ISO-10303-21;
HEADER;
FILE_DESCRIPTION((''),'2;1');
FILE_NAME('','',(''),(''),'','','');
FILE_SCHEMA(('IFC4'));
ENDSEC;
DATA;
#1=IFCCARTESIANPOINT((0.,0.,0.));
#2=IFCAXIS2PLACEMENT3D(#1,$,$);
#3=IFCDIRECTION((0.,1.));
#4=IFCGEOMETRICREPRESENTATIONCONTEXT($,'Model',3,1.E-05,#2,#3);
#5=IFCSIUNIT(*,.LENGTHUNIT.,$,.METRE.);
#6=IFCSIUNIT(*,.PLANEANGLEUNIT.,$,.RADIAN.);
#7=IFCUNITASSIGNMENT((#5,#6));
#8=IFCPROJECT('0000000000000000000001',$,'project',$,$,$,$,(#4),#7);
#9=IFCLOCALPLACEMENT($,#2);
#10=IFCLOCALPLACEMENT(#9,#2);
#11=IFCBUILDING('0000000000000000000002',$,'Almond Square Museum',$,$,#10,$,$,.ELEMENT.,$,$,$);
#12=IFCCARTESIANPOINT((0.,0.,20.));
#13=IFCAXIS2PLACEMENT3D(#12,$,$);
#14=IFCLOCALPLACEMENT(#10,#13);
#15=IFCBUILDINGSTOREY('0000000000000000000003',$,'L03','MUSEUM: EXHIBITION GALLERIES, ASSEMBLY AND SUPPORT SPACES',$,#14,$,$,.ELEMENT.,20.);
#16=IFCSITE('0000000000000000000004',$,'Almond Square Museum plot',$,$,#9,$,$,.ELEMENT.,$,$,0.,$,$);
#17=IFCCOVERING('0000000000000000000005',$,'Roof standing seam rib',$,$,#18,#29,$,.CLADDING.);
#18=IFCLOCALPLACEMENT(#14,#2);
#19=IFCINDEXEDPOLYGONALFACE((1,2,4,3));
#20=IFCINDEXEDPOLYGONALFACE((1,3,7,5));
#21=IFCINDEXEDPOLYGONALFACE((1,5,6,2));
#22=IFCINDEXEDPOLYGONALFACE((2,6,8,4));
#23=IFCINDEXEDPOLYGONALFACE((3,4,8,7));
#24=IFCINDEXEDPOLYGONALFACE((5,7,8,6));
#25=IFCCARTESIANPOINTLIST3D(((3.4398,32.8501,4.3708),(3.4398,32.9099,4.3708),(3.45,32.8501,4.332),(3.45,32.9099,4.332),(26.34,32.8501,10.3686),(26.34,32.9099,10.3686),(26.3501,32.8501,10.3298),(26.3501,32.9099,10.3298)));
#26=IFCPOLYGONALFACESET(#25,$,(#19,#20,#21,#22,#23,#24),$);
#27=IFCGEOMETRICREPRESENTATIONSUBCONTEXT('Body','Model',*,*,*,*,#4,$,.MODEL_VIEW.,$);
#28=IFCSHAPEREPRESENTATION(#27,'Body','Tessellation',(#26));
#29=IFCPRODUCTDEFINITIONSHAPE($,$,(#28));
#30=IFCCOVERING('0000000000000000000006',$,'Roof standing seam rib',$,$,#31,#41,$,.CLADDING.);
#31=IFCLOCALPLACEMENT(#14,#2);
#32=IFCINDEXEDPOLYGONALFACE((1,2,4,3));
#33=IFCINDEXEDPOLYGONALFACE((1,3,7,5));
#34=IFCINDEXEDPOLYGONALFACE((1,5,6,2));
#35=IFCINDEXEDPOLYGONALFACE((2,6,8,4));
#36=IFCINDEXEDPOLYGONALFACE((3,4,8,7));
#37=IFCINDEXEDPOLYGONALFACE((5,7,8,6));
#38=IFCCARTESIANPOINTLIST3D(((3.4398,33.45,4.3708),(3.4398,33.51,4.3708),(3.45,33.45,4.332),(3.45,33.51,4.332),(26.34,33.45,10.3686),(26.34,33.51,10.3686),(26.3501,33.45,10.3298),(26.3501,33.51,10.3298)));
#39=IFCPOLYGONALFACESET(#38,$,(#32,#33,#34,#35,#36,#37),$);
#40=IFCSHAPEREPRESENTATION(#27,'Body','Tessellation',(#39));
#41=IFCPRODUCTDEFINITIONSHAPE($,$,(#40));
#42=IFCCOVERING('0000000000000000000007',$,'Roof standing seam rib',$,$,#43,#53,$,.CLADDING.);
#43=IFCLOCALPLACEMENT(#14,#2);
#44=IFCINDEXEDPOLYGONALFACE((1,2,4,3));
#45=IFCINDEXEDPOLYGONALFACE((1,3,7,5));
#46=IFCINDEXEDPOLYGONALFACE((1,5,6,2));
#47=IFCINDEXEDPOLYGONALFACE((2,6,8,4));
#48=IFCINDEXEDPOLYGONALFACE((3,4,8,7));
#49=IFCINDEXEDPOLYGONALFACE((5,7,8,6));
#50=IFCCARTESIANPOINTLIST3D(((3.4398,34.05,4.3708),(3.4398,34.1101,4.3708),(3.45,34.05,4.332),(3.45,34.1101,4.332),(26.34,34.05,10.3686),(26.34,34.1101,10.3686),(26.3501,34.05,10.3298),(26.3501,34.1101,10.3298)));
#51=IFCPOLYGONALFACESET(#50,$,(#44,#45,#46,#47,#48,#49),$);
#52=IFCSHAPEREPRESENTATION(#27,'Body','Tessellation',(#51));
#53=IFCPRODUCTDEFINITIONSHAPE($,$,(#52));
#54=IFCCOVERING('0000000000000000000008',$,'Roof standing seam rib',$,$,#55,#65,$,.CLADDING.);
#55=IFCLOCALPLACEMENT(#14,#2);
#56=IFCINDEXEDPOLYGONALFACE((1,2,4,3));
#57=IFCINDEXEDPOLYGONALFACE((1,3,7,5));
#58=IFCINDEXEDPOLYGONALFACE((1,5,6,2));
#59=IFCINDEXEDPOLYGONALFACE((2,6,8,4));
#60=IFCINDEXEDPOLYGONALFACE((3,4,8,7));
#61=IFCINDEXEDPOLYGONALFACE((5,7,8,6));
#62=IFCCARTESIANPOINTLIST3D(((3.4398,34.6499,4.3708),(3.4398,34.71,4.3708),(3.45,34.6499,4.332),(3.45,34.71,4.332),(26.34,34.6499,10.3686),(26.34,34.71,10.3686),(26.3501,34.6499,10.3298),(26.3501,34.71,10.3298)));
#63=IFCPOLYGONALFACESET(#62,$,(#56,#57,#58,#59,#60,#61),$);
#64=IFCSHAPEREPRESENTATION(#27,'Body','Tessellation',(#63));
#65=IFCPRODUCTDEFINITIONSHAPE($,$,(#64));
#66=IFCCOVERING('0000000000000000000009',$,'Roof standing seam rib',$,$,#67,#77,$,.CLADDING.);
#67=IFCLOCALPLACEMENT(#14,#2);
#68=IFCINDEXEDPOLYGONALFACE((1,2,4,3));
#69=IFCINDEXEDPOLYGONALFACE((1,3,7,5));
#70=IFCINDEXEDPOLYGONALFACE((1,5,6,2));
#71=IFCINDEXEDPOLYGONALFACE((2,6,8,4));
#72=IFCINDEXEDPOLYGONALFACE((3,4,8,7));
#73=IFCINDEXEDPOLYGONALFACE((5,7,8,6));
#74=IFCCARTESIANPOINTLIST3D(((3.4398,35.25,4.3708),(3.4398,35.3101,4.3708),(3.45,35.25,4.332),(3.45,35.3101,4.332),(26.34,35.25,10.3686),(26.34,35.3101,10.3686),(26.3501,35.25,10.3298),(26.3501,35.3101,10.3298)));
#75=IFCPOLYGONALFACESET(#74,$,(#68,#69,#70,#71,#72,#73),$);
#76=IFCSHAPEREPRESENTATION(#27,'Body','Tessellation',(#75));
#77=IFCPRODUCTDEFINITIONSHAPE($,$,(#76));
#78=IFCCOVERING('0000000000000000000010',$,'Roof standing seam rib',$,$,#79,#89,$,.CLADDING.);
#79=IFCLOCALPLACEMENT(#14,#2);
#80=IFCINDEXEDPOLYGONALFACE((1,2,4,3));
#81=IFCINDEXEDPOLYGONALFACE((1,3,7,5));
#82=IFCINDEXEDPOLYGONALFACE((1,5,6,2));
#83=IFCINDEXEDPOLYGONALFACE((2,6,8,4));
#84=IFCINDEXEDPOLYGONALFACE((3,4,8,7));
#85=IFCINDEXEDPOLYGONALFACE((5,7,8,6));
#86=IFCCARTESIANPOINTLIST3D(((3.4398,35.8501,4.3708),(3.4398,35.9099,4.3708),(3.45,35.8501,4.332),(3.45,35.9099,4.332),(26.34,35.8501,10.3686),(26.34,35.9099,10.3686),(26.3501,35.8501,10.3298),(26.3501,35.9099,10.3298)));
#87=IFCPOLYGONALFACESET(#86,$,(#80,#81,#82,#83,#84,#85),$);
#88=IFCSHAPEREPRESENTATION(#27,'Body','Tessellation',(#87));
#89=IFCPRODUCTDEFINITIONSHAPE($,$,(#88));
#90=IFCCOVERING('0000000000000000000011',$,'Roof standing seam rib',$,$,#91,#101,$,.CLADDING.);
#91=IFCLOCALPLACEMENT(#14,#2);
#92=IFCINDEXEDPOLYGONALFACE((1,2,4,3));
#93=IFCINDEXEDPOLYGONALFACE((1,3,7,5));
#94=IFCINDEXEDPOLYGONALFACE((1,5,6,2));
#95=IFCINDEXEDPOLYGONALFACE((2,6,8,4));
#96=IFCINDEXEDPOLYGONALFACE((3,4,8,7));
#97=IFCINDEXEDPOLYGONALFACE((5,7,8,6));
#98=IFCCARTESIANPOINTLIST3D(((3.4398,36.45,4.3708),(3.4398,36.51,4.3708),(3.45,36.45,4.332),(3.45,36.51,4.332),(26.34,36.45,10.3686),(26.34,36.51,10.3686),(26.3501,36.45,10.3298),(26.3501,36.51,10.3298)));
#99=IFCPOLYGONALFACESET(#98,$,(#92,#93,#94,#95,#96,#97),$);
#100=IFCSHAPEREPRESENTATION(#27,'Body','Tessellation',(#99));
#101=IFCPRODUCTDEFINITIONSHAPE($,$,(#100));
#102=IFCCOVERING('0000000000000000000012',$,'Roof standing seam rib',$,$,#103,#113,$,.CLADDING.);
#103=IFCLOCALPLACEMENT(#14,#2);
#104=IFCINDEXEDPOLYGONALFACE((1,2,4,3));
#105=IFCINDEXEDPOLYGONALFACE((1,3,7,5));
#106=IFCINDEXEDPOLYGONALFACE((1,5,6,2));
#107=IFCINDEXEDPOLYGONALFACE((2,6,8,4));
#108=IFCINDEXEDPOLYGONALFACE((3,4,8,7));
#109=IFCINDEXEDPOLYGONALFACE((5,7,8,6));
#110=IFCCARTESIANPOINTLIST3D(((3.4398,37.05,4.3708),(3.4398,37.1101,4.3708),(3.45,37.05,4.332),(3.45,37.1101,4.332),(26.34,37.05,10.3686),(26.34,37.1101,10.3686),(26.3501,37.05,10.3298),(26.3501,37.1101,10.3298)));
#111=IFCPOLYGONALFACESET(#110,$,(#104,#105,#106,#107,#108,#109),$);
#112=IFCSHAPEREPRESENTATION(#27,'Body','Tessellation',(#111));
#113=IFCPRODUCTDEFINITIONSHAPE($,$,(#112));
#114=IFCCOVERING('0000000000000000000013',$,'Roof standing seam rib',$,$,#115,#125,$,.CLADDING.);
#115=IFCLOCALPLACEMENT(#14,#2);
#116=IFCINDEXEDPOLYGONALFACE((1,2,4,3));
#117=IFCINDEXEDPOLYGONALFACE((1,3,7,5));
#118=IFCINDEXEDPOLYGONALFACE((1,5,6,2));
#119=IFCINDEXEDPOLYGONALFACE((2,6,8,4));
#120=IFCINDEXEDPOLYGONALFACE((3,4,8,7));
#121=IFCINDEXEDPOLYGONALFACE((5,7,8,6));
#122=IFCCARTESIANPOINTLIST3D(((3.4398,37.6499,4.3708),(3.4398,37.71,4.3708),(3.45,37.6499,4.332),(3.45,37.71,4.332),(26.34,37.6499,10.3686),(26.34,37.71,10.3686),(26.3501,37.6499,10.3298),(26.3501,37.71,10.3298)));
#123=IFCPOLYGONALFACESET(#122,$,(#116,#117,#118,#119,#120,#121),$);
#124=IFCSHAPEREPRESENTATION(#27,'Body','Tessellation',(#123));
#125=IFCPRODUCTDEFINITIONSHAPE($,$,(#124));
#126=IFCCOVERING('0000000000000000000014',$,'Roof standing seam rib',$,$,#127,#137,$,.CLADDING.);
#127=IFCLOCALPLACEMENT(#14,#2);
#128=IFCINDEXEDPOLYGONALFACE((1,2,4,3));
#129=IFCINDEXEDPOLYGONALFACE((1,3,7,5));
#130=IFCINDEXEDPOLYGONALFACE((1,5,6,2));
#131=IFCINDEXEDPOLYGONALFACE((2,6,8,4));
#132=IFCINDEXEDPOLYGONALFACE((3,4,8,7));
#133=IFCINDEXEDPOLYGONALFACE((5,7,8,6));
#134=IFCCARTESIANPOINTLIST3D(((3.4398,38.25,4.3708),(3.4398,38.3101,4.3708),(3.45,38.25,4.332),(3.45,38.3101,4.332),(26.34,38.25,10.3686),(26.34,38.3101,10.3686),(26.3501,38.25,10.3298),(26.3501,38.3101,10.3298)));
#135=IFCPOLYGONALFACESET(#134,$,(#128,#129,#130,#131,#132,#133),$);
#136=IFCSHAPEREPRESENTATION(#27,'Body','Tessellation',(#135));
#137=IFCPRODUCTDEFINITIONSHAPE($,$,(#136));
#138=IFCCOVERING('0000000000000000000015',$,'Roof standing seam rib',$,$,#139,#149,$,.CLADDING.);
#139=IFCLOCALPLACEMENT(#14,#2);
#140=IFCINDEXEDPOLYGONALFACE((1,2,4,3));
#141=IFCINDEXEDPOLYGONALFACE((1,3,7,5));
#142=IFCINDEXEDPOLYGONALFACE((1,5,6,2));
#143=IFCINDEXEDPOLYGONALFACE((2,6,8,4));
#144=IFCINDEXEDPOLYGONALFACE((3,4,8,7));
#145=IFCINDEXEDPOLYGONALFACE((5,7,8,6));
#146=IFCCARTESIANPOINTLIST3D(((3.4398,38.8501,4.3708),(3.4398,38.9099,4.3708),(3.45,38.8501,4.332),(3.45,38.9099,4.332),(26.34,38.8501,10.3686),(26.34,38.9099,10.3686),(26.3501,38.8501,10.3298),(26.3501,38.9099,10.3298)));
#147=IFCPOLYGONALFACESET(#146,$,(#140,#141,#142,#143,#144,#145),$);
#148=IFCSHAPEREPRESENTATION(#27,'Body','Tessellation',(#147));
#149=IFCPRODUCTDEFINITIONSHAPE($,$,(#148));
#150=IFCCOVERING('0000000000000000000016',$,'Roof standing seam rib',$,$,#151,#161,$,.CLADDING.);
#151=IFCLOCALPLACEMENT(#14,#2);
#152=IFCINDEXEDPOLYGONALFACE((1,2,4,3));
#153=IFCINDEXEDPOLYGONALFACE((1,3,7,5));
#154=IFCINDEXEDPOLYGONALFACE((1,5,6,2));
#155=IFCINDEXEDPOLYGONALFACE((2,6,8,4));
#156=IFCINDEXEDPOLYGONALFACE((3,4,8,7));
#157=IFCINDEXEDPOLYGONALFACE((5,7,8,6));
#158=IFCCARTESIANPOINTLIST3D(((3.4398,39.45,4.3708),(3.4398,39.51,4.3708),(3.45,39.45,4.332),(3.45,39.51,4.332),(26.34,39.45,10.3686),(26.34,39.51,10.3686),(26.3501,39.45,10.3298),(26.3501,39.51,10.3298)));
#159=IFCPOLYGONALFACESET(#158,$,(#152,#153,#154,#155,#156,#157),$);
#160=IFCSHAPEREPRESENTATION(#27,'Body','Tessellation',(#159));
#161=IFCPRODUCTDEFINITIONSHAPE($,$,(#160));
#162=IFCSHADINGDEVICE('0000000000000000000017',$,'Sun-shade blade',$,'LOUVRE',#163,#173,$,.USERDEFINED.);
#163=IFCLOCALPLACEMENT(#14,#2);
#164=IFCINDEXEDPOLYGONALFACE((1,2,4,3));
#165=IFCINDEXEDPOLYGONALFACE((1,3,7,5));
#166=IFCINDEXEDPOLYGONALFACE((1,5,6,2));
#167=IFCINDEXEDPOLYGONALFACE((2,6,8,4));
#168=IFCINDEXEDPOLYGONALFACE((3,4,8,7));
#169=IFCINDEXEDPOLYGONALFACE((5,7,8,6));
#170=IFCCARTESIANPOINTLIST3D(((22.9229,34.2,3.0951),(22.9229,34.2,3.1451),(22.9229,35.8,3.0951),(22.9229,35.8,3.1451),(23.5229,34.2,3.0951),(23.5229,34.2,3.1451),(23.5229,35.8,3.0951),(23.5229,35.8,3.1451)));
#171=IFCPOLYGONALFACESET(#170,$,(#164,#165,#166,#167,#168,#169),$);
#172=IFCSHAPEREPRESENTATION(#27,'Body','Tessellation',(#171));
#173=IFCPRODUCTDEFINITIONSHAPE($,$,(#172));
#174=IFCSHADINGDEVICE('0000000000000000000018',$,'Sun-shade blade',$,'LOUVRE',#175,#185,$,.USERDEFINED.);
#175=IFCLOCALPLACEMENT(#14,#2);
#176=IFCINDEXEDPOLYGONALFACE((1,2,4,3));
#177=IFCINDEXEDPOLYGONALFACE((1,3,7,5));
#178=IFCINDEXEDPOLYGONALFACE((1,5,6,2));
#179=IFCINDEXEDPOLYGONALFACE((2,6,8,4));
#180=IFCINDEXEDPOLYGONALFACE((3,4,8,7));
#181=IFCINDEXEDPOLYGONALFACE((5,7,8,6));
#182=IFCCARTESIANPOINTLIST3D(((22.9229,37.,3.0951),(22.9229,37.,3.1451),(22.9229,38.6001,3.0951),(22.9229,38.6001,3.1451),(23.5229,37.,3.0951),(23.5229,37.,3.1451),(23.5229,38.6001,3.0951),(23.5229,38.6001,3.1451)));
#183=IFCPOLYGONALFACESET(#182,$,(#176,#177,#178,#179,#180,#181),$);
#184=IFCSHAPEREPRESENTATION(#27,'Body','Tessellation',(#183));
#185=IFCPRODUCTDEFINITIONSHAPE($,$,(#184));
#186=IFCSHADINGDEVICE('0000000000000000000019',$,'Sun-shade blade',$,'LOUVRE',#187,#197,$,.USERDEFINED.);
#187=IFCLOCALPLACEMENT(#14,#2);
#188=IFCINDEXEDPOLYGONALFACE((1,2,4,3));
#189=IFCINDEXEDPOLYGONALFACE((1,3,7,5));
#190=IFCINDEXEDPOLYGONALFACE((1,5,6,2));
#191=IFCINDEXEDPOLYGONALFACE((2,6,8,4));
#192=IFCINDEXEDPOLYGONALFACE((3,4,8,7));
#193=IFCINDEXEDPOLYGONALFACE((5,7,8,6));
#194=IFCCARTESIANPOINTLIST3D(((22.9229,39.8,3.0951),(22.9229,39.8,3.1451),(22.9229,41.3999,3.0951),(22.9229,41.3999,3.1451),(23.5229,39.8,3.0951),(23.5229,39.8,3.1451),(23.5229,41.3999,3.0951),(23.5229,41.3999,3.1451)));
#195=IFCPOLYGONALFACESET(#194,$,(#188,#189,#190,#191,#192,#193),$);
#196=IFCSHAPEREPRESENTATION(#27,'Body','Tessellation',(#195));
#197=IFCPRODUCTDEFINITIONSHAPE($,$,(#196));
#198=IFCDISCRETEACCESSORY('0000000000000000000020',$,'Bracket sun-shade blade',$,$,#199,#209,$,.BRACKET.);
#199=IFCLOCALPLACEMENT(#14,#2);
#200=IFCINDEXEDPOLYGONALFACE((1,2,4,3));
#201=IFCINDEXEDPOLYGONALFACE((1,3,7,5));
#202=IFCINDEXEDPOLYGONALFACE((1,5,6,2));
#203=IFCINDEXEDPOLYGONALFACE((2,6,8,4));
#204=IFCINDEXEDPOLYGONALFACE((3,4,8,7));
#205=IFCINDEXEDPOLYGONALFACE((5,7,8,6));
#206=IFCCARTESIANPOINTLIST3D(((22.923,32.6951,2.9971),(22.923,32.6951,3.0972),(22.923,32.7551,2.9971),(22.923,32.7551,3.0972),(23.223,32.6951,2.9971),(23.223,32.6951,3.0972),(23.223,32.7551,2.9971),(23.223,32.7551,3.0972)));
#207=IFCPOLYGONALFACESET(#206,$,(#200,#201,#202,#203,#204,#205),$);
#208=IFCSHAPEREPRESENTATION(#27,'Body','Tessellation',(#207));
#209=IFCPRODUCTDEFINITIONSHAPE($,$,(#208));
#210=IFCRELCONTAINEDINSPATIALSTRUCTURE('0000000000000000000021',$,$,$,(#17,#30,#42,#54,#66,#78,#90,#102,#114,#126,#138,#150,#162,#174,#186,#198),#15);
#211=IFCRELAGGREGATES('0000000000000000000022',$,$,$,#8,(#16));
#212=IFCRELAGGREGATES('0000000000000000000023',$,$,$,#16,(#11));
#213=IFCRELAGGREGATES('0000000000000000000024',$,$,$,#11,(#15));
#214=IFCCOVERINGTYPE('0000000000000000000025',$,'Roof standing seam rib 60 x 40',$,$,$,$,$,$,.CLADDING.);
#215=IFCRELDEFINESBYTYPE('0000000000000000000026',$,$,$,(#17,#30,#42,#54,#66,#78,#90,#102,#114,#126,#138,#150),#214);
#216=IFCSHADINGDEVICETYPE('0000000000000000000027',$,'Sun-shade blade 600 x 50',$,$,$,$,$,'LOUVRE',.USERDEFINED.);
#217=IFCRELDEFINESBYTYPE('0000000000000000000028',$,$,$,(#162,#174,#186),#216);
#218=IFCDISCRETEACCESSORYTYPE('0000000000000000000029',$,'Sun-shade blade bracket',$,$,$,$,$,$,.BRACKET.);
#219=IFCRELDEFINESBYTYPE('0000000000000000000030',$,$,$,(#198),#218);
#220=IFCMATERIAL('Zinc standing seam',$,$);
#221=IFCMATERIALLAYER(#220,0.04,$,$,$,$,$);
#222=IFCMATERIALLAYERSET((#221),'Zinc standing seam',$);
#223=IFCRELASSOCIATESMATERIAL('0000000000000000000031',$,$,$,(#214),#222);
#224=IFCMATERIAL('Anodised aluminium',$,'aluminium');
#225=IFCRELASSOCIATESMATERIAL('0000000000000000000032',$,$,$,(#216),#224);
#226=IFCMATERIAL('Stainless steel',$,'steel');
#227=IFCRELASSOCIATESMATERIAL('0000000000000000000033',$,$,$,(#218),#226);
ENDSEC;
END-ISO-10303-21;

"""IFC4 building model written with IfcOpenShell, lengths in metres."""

from ifc_helpers import new_model, si_unit, direction, frame, origin, origin_2d, place, context, subcontext, project, spatial, polyline, rectangle, outline, extrude, material, layer, layer_set, material_profile, profile_set, type_object, element, save


model = new_model("IFC4")

# Units and contexts
model_context = context("Model", 3, precision=1e-05, world=origin(), true_north=direction((0.0, 1.0)))
body_context = subcontext(model_context, "Body", "Model", "MODEL_VIEW")
ifc_project = project(units=[si_unit("LENGTHUNIT", "METRE"), si_unit("PLANEANGLEUNIT", "RADIAN")], contexts=[model_context])

# Site, building, storey
site_placement = place(None, origin())
site = spatial("IfcSite", under=ifc_project, at=site_placement, Name="Almond Square Museum plot", CompositionType="ELEMENT", RefElevation=0.0)
building_placement = place(site_placement, origin())
building = spatial("IfcBuilding", under=site, at=building_placement, Name="Almond Square Museum", CompositionType="ELEMENT")
storey_placement = place(building_placement, frame((0.0, 0.0, 20.0)))
storey = spatial("IfcBuildingStorey", under=building, at=storey_placement, Name="L03", Description="MUSEUM: EXHIBITION GALLERIES, ASSEMBLY AND SUPPORT SPACES", CompositionType="ELEMENT", Elevation=20.0)

# Coverings
ifc_material_1 = material(Name="Zinc standing seam")
ifc_layer = layer(ifc_material_1, 0.04)
ifc_layer_set = layer_set([ifc_layer], Name="Zinc standing seam")
covering_type = type_object("IfcCoveringType", Name="Roof standing seam rib 60 x 40", PredefinedType="CLADDING", material=ifc_layer_set)
covering_1_placement = place(storey_placement, frame((26.3501, 32.9099, 10.3298), z_axis=(-0.253365, 0.0, 0.967371), x_axis=(-0.967371, 0.0, -0.253365)))
element("IfcCovering", 1, at=covering_1_placement, inside=storey, type_object=covering_type, Name="Roof standing seam rib", PredefinedType="CLADDING", context=body_context, shape_type="SweptSolid", body=[
    extrude(outline(polyline([(0.0, 0.0), (23.6726, 0.0), (23.6726, 0.0598), (0.0, 0.0598), (0.0, 0.0)])), origin(), (0.0, 0.0, 1.0), 0.04),
])
for number, where, z_axis, x_axis, name in (
    (2, (26.3501, 33.51, 10.3298), (-0.253365, 0.0, 0.967371), (-0.967371, 0.0, -0.253365), "Roof standing seam rib"),
    (3, (26.3501, 34.1101, 10.3298), (-0.253365, 0.0, 0.967371), (-0.967371, 0.0, -0.253365), "Roof standing seam rib"),
    (4, (26.3501, 34.71, 10.3298), (-0.253365, 0.0, 0.967371), (-0.967371, 0.0, -0.253365), "Roof standing seam rib"),
    (5, (26.3501, 35.3101, 10.3298), (-0.253365, 0.0, 0.967371), (-0.967371, 0.0, -0.253365), "Roof standing seam rib"),
):
    element("IfcCovering", number, at=place(storey_placement, frame(where, z_axis=z_axis, x_axis=x_axis)), inside=storey, type_object=covering_type, Name=name, PredefinedType="CLADDING", context=body_context, shape_type="SweptSolid", body=[
        extrude(outline(polyline([(0.0, 0.0), (23.6726, 0.0), (23.6726, 0.0601), (0.0, 0.0601), (0.0, 0.0)])), origin(), (0.0, 0.0, 1.0), 0.04),
    ])
covering_2_placement = place(storey_placement, frame((26.3501, 35.9099, 10.3298), z_axis=(-0.253365, 0.0, 0.967371), x_axis=(-0.967371, 0.0, -0.253365)))
element("IfcCovering", 6, at=covering_2_placement, inside=storey, type_object=covering_type, Name="Roof standing seam rib", PredefinedType="CLADDING", context=body_context, shape_type="SweptSolid", body=[
    extrude(outline(polyline([(0.0, 0.0), (23.6726, 0.0), (23.6726, 0.0598), (0.0, 0.0598), (0.0, 0.0)])), origin(), (0.0, 0.0, 1.0), 0.04),
])
for number, where, z_axis, x_axis, name in (
    (7, (26.3501, 36.51, 10.3298), (-0.253365, 0.0, 0.967371), (-0.967371, 0.0, -0.253365), "Roof standing seam rib"),
    (8, (26.3501, 37.1101, 10.3298), (-0.253365, 0.0, 0.967371), (-0.967371, 0.0, -0.253365), "Roof standing seam rib"),
    (9, (26.3501, 37.71, 10.3298), (-0.253365, 0.0, 0.967371), (-0.967371, 0.0, -0.253365), "Roof standing seam rib"),
    (10, (26.3501, 38.3101, 10.3298), (-0.253365, 0.0, 0.967371), (-0.967371, 0.0, -0.253365), "Roof standing seam rib"),
):
    element("IfcCovering", number, at=place(storey_placement, frame(where, z_axis=z_axis, x_axis=x_axis)), inside=storey, type_object=covering_type, Name=name, PredefinedType="CLADDING", context=body_context, shape_type="SweptSolid", body=[
        extrude(outline(polyline([(0.0, 0.0), (23.6726, 0.0), (23.6726, 0.0601), (0.0, 0.0601), (0.0, 0.0)])), origin(), (0.0, 0.0, 1.0), 0.04),
    ])
covering_3_placement = place(storey_placement, frame((26.3501, 38.9099, 10.3298), z_axis=(-0.253365, 0.0, 0.967371), x_axis=(-0.967371, 0.0, -0.253365)))
element("IfcCovering", 11, at=covering_3_placement, inside=storey, type_object=covering_type, Name="Roof standing seam rib", PredefinedType="CLADDING", context=body_context, shape_type="SweptSolid", body=[
    extrude(outline(polyline([(0.0, 0.0), (23.6726, 0.0), (23.6726, 0.0598), (0.0, 0.0598), (0.0, 0.0)])), origin(), (0.0, 0.0, 1.0), 0.04),
])
covering_4_placement = place(storey_placement, frame((26.3501, 39.51, 10.3298), z_axis=(-0.253365, 0.0, 0.967371), x_axis=(-0.967371, 0.0, -0.253365)))
element("IfcCovering", 12, at=covering_4_placement, inside=storey, type_object=covering_type, Name="Roof standing seam rib", PredefinedType="CLADDING", context=body_context, shape_type="SweptSolid", body=[
    extrude(outline(polyline([(0.0, 0.0), (23.6726, 0.0), (23.6726, 0.0601), (0.0, 0.0601), (0.0, 0.0)])), origin(), (0.0, 0.0, 1.0), 0.04),
])

# Shading devices
ifc_material_2 = material(Name="Anodised aluminium", Category="aluminium")
ifc_material_profile = material_profile(ifc_material_2, rectangle(XDim=0.6001, YDim=0.05, at=origin_2d()))
ifc_profile_set = profile_set([ifc_material_profile], Name="Anodised aluminium")
shading_device_type = type_object("IfcShadingDeviceType", Name="Sun-shade blade 600 x 50", ElementType="LOUVRE", PredefinedType="USERDEFINED", material=ifc_profile_set)
for number, where, z_axis, x_axis, name in (
    (13, (23.2229, 34.2, 3.1201), (0.0, 1.0, 0.0), (-1.0, 0.0, 0.0), "Sun-shade blade"),
    (14, (23.2229, 37.0, 3.1201), (0.0, 1.0, 0.0), (-1.0, 0.0, 0.0), "Sun-shade blade"),
):
    element("IfcShadingDevice", number, at=place(storey_placement, frame(where, z_axis=z_axis, x_axis=x_axis)), inside=storey, type_object=shading_device_type, Name=name, ObjectType="LOUVRE", PredefinedType="USERDEFINED", context=body_context, shape_type="SweptSolid", body=[
        extrude(rectangle(XDim=0.6001, YDim=0.05, at=origin_2d()), origin(), (0.0, 0.0, 1.0), 1.6001),
    ])
shading_device_placement = place(storey_placement, frame((23.2229, 39.8, 3.1201), z_axis=(0.0, 1.0, 0.0), x_axis=(-1.0, 0.0, 0.0)))
element("IfcShadingDevice", 15, at=shading_device_placement, inside=storey, type_object=shading_device_type, Name="Sun-shade blade", ObjectType="LOUVRE", PredefinedType="USERDEFINED", context=body_context, shape_type="SweptSolid", body=[
    extrude(rectangle(XDim=0.6001, YDim=0.05, at=origin_2d()), origin(), (0.0, 0.0, 1.0), 1.5999),
])

# Discrete accessory
ifc_material_3 = material(Name="Stainless steel", Category="steel")
discrete_accessory_type = type_object("IfcDiscreteAccessoryType", Name="Sun-shade blade bracket", PredefinedType="BRACKET", material=ifc_material_3)
for number, where, z_axis, x_axis, name in (
    (16, (23.073, 32.7251, 2.9971), (0.0, 0.0, 1.0), (1.0, 0.0, 0.0), "Bracket sun-shade blade"),
):
    element("IfcDiscreteAccessory", number, at=place(storey_placement, frame(where, z_axis=z_axis, x_axis=x_axis)), inside=storey, type_object=discrete_accessory_type, Name=name, PredefinedType="BRACKET", context=body_context, shape_type="SweptSolid", body=[
        extrude(rectangle(XDim=0.3, YDim=0.0601, at=origin_2d()), origin(), (0.0, 0.0, 1.0), 0.1001),
    ])

save(model, "model.ifc")
